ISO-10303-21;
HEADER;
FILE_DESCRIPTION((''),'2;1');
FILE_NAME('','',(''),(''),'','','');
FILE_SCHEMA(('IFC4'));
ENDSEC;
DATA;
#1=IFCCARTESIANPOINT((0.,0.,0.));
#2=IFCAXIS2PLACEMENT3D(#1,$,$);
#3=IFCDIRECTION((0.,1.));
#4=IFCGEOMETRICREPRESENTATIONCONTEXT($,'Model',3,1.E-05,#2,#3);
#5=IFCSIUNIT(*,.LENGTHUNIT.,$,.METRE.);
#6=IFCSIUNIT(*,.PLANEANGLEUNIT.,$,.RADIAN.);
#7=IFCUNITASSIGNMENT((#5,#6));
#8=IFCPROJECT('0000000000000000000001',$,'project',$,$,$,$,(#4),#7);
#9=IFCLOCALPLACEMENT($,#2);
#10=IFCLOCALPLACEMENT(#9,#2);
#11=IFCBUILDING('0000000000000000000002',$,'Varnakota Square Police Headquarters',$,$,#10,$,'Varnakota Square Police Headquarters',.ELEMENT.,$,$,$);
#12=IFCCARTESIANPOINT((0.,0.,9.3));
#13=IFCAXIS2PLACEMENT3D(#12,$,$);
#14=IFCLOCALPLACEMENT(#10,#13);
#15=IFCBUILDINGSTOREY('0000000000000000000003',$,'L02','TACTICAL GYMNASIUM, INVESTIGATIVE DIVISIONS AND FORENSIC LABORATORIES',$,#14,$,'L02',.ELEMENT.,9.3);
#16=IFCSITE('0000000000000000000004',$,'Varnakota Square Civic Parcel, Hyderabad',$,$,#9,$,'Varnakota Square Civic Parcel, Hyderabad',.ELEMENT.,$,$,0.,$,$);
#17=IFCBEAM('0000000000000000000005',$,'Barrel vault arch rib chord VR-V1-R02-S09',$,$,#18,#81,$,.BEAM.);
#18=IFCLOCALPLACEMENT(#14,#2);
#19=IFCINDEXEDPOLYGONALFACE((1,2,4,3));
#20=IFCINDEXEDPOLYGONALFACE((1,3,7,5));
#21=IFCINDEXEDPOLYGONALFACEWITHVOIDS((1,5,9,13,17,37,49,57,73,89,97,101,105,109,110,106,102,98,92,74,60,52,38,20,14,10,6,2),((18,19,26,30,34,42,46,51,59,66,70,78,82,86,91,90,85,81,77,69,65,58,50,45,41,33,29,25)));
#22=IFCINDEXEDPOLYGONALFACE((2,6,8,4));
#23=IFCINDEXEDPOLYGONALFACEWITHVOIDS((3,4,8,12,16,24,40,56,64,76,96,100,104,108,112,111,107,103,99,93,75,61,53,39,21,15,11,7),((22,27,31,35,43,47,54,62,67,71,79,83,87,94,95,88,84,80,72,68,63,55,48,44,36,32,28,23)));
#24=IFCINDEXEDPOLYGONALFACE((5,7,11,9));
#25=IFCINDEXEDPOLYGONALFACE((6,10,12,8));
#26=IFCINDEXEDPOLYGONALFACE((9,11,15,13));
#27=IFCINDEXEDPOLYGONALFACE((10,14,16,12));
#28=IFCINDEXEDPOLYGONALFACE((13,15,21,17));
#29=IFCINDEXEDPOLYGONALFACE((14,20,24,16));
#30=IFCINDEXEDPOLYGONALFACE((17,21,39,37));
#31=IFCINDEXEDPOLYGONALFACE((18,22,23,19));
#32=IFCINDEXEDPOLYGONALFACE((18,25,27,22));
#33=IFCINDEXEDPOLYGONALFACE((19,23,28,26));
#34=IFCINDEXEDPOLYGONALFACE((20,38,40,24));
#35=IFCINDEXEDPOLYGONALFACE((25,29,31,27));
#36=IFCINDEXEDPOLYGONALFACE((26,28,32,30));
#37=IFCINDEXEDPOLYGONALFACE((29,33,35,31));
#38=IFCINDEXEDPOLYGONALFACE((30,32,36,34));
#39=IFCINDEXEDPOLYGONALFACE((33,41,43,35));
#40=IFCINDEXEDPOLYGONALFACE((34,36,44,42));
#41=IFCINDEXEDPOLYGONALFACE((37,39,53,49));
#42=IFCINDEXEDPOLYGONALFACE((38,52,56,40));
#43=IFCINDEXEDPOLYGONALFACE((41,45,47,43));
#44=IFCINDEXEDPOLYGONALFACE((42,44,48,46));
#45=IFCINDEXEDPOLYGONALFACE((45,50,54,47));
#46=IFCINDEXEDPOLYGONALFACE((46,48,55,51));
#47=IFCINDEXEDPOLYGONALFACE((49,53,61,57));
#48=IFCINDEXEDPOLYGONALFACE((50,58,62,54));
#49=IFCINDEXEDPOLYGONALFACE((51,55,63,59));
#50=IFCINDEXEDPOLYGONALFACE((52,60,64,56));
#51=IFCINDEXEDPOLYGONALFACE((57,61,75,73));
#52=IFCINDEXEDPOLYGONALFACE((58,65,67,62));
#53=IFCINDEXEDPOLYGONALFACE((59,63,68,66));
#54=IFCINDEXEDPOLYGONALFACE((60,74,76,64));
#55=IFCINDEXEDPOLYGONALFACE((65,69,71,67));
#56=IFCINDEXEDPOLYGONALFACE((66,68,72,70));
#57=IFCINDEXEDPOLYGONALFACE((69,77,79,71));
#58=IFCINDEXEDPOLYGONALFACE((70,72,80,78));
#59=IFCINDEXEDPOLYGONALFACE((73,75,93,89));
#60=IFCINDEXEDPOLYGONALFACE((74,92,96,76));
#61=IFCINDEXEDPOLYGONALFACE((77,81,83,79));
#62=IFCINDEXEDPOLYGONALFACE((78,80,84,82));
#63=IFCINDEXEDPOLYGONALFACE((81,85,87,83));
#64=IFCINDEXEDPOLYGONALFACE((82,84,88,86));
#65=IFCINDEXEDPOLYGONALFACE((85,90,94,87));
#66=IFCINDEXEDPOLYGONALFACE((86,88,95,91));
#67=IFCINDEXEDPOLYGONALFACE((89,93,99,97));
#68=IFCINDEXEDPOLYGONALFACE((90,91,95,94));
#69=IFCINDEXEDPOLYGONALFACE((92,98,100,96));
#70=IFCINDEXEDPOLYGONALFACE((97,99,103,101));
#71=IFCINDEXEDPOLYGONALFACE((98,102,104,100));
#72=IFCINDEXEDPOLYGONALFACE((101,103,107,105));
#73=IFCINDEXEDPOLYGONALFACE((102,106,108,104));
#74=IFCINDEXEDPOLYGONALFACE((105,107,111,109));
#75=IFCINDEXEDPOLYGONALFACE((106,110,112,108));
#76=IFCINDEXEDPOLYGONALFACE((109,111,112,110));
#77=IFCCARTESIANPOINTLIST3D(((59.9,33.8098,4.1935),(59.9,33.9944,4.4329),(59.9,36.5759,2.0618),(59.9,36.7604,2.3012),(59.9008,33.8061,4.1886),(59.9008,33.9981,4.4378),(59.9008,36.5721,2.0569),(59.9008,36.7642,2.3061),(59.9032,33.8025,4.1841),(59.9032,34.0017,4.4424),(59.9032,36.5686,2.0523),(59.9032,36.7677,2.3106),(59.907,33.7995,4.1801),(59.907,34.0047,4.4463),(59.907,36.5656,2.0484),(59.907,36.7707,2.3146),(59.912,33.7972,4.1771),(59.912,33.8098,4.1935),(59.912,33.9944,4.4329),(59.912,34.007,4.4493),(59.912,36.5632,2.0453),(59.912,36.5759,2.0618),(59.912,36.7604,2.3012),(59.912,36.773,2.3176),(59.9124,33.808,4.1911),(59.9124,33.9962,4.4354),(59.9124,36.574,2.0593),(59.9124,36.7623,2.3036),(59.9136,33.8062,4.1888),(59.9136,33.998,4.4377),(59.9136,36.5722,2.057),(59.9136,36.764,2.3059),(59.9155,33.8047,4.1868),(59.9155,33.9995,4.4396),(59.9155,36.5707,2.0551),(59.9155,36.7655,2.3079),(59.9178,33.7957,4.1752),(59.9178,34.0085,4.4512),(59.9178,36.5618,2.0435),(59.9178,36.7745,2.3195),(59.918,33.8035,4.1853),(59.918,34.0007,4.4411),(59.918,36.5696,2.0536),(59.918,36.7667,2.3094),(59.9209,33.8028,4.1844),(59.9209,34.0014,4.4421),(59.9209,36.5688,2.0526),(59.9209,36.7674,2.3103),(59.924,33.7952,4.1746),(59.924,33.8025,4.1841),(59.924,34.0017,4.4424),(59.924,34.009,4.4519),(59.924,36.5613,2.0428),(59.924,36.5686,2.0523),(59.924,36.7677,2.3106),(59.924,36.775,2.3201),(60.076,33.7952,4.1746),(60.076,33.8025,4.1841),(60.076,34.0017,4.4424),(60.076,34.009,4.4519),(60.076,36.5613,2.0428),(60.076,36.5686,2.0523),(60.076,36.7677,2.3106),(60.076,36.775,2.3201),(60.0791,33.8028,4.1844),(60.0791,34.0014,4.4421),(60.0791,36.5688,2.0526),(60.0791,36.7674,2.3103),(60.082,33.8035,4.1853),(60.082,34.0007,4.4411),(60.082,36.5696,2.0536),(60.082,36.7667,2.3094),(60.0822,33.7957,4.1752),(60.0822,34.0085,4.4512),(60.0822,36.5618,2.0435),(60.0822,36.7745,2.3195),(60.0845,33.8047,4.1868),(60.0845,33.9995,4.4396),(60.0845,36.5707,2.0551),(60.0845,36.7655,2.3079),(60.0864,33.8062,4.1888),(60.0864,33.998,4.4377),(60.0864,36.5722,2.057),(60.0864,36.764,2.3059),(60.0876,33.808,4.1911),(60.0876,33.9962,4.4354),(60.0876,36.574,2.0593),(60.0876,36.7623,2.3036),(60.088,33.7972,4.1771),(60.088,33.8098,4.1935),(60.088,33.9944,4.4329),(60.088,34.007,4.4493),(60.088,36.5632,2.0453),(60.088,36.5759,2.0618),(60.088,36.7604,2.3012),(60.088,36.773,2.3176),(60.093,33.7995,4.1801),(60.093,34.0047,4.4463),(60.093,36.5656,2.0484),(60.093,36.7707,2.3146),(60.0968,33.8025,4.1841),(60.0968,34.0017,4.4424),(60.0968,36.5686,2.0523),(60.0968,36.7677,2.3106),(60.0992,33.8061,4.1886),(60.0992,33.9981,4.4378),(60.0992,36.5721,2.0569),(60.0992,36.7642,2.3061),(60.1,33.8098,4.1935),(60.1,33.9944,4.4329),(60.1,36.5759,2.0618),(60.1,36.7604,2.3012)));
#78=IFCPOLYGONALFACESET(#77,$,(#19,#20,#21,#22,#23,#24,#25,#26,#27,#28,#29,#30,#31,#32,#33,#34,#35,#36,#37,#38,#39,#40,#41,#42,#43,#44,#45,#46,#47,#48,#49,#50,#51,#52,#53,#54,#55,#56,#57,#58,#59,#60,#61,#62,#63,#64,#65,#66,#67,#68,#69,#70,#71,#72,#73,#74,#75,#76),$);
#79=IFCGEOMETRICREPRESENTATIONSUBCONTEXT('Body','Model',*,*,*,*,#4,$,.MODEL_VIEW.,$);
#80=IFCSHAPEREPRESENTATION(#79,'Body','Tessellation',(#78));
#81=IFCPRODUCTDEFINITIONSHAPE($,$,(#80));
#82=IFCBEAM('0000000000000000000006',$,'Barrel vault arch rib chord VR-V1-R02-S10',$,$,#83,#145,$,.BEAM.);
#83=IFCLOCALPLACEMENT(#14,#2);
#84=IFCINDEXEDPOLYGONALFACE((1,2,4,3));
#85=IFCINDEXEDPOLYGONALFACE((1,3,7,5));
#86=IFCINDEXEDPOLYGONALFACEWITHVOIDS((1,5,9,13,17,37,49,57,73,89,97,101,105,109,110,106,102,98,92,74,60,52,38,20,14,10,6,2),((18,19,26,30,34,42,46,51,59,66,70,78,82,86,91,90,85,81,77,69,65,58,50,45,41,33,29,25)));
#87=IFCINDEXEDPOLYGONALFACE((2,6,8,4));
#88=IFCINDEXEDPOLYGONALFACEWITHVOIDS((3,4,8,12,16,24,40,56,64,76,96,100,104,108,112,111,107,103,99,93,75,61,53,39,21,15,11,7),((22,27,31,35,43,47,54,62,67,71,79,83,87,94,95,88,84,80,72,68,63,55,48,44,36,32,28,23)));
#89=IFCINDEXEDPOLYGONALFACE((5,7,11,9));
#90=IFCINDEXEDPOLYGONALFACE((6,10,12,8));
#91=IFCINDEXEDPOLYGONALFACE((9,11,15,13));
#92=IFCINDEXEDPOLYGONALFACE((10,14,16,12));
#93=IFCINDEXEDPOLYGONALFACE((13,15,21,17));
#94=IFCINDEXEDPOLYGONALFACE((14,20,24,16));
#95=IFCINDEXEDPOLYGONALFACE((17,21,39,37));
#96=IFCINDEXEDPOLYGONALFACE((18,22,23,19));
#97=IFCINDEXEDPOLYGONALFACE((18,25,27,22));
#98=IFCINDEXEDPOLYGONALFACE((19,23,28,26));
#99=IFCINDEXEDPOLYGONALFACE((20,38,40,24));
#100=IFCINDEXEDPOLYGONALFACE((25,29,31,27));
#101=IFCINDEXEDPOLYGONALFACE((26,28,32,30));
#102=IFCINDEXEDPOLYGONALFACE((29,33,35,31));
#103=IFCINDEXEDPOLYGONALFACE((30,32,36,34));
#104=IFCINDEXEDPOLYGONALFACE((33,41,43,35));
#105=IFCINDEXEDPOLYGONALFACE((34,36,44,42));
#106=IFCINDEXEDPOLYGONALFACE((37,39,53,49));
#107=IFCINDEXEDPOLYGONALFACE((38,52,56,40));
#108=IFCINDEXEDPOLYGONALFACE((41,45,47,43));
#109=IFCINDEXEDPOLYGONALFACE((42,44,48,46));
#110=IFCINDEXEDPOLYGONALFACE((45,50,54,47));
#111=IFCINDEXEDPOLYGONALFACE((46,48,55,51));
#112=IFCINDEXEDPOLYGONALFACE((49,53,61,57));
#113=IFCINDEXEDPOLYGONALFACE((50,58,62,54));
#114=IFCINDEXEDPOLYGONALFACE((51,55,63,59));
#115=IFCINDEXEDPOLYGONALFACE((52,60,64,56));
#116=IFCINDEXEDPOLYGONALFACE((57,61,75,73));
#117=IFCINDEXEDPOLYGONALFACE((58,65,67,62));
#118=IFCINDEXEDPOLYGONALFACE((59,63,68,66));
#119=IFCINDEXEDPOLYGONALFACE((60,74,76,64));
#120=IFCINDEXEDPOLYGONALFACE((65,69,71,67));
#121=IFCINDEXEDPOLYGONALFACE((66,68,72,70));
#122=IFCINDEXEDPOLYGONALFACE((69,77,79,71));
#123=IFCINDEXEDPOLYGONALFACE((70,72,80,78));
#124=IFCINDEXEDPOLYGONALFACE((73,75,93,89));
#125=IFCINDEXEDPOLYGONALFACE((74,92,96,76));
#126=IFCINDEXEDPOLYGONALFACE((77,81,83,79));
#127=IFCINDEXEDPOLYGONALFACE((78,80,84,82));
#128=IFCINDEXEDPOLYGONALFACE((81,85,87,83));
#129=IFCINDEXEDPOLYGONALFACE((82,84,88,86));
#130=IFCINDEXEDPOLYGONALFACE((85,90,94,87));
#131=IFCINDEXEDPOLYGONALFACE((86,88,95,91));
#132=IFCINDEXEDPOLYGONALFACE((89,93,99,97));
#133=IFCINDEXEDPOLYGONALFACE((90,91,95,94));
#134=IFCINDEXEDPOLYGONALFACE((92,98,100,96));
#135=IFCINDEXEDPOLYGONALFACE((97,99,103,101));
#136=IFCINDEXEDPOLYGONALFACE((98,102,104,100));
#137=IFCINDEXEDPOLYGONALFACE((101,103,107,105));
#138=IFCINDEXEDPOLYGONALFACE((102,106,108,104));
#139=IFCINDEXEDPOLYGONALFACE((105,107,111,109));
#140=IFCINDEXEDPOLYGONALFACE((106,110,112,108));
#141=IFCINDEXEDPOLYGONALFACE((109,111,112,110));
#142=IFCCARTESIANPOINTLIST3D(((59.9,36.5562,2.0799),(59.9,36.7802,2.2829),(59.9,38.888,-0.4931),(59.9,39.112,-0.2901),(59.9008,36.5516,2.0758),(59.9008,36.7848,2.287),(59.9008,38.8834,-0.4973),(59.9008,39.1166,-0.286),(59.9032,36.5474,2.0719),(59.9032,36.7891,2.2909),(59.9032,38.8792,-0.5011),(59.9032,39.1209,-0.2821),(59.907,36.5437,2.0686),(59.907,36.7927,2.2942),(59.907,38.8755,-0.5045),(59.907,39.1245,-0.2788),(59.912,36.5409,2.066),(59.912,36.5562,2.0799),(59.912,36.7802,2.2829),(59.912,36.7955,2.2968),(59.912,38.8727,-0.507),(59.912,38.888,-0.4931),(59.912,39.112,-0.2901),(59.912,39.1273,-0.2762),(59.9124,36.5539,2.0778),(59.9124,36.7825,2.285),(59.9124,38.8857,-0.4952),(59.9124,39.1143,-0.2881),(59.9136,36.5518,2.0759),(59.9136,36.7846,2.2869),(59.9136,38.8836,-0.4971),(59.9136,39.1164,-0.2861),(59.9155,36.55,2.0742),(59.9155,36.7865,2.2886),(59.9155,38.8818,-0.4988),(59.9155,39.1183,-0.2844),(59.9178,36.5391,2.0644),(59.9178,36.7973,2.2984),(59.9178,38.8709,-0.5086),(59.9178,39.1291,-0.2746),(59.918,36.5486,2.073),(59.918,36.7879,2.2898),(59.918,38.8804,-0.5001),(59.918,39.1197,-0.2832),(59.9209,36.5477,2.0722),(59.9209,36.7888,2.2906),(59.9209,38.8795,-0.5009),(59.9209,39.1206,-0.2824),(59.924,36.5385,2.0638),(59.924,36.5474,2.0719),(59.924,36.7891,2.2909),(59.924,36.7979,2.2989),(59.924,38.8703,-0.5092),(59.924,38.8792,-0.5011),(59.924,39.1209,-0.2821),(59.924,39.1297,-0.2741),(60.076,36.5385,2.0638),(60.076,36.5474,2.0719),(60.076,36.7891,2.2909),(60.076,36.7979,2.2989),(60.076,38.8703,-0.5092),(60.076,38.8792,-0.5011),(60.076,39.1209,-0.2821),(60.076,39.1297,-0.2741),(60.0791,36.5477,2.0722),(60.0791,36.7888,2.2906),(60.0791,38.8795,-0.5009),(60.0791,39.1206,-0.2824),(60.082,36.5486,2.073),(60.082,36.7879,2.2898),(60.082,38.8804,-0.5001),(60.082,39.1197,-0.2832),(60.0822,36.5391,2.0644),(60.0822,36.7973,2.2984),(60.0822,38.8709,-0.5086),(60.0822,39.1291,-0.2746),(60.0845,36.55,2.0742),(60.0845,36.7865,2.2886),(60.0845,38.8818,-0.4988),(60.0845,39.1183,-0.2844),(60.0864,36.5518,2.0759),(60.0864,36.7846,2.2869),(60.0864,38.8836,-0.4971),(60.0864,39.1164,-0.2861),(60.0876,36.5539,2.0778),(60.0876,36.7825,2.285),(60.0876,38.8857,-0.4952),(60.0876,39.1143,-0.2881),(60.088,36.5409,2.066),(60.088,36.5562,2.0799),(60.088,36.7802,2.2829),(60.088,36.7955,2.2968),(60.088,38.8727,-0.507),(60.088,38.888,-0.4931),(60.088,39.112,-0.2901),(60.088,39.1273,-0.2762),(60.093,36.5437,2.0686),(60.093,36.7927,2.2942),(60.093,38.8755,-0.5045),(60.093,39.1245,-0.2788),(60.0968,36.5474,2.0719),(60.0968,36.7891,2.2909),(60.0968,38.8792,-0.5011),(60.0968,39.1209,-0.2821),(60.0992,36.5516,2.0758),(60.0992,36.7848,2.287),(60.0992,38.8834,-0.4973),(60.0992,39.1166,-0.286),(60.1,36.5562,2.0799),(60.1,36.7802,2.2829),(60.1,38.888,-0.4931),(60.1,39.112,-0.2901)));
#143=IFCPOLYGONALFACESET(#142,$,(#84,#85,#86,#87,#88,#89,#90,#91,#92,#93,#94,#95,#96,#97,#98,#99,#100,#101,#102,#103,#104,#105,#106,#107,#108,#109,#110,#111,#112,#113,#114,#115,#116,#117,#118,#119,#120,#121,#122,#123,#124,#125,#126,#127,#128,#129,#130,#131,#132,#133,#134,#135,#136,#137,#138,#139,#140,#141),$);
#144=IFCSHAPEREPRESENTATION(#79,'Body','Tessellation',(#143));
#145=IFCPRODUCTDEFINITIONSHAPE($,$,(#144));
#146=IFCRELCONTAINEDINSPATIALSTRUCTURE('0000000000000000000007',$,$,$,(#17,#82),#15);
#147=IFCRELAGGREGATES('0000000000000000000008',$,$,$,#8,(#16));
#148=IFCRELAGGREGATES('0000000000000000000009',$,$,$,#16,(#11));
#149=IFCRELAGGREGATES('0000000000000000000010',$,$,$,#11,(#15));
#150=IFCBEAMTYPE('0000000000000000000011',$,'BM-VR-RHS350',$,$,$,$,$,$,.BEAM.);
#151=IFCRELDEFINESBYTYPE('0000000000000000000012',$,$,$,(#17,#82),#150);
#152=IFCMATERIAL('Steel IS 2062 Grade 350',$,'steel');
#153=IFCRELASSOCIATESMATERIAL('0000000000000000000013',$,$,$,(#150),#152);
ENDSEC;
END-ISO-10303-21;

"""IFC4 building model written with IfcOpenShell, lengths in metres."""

from ifc_helpers import new_model, si_unit, direction, frame, origin, origin_2d, place, context, subcontext, project, spatial, hollow_rectangle, extrude, material, material_profile, profile_set, type_object, element, save


model = new_model("IFC4")

# Units and contexts
model_context = context("Model", 3, precision=1e-05, world=origin(), true_north=direction((0.0, 1.0)))
body_context = subcontext(model_context, "Body", "Model", "MODEL_VIEW")
ifc_project = project(units=[si_unit("LENGTHUNIT", "METRE"), si_unit("PLANEANGLEUNIT", "RADIAN")], contexts=[model_context])

# Site, building, storey
site_placement = place(None, origin())
site = spatial("IfcSite", under=ifc_project, at=site_placement, Name="Varnakota Square Civic Parcel, Hyderabad", LongName="Varnakota Square Civic Parcel, Hyderabad", CompositionType="ELEMENT", RefElevation=0.0)
building_placement = place(site_placement, origin())
building = spatial("IfcBuilding", under=site, at=building_placement, Name="Varnakota Square Police Headquarters", LongName="Varnakota Square Police Headquarters", CompositionType="ELEMENT")
storey_placement = place(building_placement, frame((0.0, 0.0, 9.3)))
storey = spatial("IfcBuildingStorey", under=building, at=storey_placement, Name="L02", Description="TACTICAL GYMNASIUM, INVESTIGATIVE DIVISIONS AND FORENSIC LABORATORIES", LongName="L02", CompositionType="ELEMENT", Elevation=9.3)

# Beams
ifc_material_1 = material(Name="Steel IS 2062 Grade 350", Category="steel")
ifc_material_profile_1 = material_profile(ifc_material_1, hollow_rectangle(XDim=0.2, YDim=0.3501, WallThickness=0.012, InnerFilletRadius=0.012, OuterFilletRadius=0.0239, at=origin_2d()), Name="RHS 350x200x12")
ifc_profile_set_1 = profile_set([ifc_material_profile_1], Name="Steel IS 2062 Grade 350")
beam_type_1 = type_object("IfcBeamType", Name="BM-VR-RHS350", PredefinedType="BEAM", material=ifc_profile_set_1)
beam_1_placement = place(storey_placement, frame((60.0, 33.9021, 4.3132), z_axis=(0.0, 0.792062, -0.61044), x_axis=(-1.0, 0.0, 0.0)))
element("IfcBeam", 1, at=beam_1_placement, inside=storey, type_object=beam_type_1, Name="Barrel vault arch rib chord VR-V1-R02-S09", PredefinedType="BEAM", context=body_context, shape_type="SweptSolid", body=[
    extrude(hollow_rectangle(XDim=0.2, YDim=0.3501, WallThickness=0.012, InnerFilletRadius=0.012, OuterFilletRadius=0.0239, at=origin_2d()), origin(), (0.0, 0.0, 1.0), 3.4922),
])
beam_2_placement = place(storey_placement, frame((60.0, 36.6682, 2.1814), z_axis=(0.0, 0.671521, -0.740986), x_axis=(-1.0, 0.0, 0.0)))
element("IfcBeam", 2, at=beam_2_placement, inside=storey, type_object=beam_type_1, Name="Barrel vault arch rib chord VR-V1-R02-S10", PredefinedType="BEAM", context=body_context, shape_type="SweptSolid", body=[
    extrude(hollow_rectangle(XDim=0.2, YDim=0.3501, WallThickness=0.012, InnerFilletRadius=0.012, OuterFilletRadius=0.0239, at=origin_2d()), origin(), (0.0, 0.0, 1.0), 3.4724),
])

save(model, "model.ifc")
